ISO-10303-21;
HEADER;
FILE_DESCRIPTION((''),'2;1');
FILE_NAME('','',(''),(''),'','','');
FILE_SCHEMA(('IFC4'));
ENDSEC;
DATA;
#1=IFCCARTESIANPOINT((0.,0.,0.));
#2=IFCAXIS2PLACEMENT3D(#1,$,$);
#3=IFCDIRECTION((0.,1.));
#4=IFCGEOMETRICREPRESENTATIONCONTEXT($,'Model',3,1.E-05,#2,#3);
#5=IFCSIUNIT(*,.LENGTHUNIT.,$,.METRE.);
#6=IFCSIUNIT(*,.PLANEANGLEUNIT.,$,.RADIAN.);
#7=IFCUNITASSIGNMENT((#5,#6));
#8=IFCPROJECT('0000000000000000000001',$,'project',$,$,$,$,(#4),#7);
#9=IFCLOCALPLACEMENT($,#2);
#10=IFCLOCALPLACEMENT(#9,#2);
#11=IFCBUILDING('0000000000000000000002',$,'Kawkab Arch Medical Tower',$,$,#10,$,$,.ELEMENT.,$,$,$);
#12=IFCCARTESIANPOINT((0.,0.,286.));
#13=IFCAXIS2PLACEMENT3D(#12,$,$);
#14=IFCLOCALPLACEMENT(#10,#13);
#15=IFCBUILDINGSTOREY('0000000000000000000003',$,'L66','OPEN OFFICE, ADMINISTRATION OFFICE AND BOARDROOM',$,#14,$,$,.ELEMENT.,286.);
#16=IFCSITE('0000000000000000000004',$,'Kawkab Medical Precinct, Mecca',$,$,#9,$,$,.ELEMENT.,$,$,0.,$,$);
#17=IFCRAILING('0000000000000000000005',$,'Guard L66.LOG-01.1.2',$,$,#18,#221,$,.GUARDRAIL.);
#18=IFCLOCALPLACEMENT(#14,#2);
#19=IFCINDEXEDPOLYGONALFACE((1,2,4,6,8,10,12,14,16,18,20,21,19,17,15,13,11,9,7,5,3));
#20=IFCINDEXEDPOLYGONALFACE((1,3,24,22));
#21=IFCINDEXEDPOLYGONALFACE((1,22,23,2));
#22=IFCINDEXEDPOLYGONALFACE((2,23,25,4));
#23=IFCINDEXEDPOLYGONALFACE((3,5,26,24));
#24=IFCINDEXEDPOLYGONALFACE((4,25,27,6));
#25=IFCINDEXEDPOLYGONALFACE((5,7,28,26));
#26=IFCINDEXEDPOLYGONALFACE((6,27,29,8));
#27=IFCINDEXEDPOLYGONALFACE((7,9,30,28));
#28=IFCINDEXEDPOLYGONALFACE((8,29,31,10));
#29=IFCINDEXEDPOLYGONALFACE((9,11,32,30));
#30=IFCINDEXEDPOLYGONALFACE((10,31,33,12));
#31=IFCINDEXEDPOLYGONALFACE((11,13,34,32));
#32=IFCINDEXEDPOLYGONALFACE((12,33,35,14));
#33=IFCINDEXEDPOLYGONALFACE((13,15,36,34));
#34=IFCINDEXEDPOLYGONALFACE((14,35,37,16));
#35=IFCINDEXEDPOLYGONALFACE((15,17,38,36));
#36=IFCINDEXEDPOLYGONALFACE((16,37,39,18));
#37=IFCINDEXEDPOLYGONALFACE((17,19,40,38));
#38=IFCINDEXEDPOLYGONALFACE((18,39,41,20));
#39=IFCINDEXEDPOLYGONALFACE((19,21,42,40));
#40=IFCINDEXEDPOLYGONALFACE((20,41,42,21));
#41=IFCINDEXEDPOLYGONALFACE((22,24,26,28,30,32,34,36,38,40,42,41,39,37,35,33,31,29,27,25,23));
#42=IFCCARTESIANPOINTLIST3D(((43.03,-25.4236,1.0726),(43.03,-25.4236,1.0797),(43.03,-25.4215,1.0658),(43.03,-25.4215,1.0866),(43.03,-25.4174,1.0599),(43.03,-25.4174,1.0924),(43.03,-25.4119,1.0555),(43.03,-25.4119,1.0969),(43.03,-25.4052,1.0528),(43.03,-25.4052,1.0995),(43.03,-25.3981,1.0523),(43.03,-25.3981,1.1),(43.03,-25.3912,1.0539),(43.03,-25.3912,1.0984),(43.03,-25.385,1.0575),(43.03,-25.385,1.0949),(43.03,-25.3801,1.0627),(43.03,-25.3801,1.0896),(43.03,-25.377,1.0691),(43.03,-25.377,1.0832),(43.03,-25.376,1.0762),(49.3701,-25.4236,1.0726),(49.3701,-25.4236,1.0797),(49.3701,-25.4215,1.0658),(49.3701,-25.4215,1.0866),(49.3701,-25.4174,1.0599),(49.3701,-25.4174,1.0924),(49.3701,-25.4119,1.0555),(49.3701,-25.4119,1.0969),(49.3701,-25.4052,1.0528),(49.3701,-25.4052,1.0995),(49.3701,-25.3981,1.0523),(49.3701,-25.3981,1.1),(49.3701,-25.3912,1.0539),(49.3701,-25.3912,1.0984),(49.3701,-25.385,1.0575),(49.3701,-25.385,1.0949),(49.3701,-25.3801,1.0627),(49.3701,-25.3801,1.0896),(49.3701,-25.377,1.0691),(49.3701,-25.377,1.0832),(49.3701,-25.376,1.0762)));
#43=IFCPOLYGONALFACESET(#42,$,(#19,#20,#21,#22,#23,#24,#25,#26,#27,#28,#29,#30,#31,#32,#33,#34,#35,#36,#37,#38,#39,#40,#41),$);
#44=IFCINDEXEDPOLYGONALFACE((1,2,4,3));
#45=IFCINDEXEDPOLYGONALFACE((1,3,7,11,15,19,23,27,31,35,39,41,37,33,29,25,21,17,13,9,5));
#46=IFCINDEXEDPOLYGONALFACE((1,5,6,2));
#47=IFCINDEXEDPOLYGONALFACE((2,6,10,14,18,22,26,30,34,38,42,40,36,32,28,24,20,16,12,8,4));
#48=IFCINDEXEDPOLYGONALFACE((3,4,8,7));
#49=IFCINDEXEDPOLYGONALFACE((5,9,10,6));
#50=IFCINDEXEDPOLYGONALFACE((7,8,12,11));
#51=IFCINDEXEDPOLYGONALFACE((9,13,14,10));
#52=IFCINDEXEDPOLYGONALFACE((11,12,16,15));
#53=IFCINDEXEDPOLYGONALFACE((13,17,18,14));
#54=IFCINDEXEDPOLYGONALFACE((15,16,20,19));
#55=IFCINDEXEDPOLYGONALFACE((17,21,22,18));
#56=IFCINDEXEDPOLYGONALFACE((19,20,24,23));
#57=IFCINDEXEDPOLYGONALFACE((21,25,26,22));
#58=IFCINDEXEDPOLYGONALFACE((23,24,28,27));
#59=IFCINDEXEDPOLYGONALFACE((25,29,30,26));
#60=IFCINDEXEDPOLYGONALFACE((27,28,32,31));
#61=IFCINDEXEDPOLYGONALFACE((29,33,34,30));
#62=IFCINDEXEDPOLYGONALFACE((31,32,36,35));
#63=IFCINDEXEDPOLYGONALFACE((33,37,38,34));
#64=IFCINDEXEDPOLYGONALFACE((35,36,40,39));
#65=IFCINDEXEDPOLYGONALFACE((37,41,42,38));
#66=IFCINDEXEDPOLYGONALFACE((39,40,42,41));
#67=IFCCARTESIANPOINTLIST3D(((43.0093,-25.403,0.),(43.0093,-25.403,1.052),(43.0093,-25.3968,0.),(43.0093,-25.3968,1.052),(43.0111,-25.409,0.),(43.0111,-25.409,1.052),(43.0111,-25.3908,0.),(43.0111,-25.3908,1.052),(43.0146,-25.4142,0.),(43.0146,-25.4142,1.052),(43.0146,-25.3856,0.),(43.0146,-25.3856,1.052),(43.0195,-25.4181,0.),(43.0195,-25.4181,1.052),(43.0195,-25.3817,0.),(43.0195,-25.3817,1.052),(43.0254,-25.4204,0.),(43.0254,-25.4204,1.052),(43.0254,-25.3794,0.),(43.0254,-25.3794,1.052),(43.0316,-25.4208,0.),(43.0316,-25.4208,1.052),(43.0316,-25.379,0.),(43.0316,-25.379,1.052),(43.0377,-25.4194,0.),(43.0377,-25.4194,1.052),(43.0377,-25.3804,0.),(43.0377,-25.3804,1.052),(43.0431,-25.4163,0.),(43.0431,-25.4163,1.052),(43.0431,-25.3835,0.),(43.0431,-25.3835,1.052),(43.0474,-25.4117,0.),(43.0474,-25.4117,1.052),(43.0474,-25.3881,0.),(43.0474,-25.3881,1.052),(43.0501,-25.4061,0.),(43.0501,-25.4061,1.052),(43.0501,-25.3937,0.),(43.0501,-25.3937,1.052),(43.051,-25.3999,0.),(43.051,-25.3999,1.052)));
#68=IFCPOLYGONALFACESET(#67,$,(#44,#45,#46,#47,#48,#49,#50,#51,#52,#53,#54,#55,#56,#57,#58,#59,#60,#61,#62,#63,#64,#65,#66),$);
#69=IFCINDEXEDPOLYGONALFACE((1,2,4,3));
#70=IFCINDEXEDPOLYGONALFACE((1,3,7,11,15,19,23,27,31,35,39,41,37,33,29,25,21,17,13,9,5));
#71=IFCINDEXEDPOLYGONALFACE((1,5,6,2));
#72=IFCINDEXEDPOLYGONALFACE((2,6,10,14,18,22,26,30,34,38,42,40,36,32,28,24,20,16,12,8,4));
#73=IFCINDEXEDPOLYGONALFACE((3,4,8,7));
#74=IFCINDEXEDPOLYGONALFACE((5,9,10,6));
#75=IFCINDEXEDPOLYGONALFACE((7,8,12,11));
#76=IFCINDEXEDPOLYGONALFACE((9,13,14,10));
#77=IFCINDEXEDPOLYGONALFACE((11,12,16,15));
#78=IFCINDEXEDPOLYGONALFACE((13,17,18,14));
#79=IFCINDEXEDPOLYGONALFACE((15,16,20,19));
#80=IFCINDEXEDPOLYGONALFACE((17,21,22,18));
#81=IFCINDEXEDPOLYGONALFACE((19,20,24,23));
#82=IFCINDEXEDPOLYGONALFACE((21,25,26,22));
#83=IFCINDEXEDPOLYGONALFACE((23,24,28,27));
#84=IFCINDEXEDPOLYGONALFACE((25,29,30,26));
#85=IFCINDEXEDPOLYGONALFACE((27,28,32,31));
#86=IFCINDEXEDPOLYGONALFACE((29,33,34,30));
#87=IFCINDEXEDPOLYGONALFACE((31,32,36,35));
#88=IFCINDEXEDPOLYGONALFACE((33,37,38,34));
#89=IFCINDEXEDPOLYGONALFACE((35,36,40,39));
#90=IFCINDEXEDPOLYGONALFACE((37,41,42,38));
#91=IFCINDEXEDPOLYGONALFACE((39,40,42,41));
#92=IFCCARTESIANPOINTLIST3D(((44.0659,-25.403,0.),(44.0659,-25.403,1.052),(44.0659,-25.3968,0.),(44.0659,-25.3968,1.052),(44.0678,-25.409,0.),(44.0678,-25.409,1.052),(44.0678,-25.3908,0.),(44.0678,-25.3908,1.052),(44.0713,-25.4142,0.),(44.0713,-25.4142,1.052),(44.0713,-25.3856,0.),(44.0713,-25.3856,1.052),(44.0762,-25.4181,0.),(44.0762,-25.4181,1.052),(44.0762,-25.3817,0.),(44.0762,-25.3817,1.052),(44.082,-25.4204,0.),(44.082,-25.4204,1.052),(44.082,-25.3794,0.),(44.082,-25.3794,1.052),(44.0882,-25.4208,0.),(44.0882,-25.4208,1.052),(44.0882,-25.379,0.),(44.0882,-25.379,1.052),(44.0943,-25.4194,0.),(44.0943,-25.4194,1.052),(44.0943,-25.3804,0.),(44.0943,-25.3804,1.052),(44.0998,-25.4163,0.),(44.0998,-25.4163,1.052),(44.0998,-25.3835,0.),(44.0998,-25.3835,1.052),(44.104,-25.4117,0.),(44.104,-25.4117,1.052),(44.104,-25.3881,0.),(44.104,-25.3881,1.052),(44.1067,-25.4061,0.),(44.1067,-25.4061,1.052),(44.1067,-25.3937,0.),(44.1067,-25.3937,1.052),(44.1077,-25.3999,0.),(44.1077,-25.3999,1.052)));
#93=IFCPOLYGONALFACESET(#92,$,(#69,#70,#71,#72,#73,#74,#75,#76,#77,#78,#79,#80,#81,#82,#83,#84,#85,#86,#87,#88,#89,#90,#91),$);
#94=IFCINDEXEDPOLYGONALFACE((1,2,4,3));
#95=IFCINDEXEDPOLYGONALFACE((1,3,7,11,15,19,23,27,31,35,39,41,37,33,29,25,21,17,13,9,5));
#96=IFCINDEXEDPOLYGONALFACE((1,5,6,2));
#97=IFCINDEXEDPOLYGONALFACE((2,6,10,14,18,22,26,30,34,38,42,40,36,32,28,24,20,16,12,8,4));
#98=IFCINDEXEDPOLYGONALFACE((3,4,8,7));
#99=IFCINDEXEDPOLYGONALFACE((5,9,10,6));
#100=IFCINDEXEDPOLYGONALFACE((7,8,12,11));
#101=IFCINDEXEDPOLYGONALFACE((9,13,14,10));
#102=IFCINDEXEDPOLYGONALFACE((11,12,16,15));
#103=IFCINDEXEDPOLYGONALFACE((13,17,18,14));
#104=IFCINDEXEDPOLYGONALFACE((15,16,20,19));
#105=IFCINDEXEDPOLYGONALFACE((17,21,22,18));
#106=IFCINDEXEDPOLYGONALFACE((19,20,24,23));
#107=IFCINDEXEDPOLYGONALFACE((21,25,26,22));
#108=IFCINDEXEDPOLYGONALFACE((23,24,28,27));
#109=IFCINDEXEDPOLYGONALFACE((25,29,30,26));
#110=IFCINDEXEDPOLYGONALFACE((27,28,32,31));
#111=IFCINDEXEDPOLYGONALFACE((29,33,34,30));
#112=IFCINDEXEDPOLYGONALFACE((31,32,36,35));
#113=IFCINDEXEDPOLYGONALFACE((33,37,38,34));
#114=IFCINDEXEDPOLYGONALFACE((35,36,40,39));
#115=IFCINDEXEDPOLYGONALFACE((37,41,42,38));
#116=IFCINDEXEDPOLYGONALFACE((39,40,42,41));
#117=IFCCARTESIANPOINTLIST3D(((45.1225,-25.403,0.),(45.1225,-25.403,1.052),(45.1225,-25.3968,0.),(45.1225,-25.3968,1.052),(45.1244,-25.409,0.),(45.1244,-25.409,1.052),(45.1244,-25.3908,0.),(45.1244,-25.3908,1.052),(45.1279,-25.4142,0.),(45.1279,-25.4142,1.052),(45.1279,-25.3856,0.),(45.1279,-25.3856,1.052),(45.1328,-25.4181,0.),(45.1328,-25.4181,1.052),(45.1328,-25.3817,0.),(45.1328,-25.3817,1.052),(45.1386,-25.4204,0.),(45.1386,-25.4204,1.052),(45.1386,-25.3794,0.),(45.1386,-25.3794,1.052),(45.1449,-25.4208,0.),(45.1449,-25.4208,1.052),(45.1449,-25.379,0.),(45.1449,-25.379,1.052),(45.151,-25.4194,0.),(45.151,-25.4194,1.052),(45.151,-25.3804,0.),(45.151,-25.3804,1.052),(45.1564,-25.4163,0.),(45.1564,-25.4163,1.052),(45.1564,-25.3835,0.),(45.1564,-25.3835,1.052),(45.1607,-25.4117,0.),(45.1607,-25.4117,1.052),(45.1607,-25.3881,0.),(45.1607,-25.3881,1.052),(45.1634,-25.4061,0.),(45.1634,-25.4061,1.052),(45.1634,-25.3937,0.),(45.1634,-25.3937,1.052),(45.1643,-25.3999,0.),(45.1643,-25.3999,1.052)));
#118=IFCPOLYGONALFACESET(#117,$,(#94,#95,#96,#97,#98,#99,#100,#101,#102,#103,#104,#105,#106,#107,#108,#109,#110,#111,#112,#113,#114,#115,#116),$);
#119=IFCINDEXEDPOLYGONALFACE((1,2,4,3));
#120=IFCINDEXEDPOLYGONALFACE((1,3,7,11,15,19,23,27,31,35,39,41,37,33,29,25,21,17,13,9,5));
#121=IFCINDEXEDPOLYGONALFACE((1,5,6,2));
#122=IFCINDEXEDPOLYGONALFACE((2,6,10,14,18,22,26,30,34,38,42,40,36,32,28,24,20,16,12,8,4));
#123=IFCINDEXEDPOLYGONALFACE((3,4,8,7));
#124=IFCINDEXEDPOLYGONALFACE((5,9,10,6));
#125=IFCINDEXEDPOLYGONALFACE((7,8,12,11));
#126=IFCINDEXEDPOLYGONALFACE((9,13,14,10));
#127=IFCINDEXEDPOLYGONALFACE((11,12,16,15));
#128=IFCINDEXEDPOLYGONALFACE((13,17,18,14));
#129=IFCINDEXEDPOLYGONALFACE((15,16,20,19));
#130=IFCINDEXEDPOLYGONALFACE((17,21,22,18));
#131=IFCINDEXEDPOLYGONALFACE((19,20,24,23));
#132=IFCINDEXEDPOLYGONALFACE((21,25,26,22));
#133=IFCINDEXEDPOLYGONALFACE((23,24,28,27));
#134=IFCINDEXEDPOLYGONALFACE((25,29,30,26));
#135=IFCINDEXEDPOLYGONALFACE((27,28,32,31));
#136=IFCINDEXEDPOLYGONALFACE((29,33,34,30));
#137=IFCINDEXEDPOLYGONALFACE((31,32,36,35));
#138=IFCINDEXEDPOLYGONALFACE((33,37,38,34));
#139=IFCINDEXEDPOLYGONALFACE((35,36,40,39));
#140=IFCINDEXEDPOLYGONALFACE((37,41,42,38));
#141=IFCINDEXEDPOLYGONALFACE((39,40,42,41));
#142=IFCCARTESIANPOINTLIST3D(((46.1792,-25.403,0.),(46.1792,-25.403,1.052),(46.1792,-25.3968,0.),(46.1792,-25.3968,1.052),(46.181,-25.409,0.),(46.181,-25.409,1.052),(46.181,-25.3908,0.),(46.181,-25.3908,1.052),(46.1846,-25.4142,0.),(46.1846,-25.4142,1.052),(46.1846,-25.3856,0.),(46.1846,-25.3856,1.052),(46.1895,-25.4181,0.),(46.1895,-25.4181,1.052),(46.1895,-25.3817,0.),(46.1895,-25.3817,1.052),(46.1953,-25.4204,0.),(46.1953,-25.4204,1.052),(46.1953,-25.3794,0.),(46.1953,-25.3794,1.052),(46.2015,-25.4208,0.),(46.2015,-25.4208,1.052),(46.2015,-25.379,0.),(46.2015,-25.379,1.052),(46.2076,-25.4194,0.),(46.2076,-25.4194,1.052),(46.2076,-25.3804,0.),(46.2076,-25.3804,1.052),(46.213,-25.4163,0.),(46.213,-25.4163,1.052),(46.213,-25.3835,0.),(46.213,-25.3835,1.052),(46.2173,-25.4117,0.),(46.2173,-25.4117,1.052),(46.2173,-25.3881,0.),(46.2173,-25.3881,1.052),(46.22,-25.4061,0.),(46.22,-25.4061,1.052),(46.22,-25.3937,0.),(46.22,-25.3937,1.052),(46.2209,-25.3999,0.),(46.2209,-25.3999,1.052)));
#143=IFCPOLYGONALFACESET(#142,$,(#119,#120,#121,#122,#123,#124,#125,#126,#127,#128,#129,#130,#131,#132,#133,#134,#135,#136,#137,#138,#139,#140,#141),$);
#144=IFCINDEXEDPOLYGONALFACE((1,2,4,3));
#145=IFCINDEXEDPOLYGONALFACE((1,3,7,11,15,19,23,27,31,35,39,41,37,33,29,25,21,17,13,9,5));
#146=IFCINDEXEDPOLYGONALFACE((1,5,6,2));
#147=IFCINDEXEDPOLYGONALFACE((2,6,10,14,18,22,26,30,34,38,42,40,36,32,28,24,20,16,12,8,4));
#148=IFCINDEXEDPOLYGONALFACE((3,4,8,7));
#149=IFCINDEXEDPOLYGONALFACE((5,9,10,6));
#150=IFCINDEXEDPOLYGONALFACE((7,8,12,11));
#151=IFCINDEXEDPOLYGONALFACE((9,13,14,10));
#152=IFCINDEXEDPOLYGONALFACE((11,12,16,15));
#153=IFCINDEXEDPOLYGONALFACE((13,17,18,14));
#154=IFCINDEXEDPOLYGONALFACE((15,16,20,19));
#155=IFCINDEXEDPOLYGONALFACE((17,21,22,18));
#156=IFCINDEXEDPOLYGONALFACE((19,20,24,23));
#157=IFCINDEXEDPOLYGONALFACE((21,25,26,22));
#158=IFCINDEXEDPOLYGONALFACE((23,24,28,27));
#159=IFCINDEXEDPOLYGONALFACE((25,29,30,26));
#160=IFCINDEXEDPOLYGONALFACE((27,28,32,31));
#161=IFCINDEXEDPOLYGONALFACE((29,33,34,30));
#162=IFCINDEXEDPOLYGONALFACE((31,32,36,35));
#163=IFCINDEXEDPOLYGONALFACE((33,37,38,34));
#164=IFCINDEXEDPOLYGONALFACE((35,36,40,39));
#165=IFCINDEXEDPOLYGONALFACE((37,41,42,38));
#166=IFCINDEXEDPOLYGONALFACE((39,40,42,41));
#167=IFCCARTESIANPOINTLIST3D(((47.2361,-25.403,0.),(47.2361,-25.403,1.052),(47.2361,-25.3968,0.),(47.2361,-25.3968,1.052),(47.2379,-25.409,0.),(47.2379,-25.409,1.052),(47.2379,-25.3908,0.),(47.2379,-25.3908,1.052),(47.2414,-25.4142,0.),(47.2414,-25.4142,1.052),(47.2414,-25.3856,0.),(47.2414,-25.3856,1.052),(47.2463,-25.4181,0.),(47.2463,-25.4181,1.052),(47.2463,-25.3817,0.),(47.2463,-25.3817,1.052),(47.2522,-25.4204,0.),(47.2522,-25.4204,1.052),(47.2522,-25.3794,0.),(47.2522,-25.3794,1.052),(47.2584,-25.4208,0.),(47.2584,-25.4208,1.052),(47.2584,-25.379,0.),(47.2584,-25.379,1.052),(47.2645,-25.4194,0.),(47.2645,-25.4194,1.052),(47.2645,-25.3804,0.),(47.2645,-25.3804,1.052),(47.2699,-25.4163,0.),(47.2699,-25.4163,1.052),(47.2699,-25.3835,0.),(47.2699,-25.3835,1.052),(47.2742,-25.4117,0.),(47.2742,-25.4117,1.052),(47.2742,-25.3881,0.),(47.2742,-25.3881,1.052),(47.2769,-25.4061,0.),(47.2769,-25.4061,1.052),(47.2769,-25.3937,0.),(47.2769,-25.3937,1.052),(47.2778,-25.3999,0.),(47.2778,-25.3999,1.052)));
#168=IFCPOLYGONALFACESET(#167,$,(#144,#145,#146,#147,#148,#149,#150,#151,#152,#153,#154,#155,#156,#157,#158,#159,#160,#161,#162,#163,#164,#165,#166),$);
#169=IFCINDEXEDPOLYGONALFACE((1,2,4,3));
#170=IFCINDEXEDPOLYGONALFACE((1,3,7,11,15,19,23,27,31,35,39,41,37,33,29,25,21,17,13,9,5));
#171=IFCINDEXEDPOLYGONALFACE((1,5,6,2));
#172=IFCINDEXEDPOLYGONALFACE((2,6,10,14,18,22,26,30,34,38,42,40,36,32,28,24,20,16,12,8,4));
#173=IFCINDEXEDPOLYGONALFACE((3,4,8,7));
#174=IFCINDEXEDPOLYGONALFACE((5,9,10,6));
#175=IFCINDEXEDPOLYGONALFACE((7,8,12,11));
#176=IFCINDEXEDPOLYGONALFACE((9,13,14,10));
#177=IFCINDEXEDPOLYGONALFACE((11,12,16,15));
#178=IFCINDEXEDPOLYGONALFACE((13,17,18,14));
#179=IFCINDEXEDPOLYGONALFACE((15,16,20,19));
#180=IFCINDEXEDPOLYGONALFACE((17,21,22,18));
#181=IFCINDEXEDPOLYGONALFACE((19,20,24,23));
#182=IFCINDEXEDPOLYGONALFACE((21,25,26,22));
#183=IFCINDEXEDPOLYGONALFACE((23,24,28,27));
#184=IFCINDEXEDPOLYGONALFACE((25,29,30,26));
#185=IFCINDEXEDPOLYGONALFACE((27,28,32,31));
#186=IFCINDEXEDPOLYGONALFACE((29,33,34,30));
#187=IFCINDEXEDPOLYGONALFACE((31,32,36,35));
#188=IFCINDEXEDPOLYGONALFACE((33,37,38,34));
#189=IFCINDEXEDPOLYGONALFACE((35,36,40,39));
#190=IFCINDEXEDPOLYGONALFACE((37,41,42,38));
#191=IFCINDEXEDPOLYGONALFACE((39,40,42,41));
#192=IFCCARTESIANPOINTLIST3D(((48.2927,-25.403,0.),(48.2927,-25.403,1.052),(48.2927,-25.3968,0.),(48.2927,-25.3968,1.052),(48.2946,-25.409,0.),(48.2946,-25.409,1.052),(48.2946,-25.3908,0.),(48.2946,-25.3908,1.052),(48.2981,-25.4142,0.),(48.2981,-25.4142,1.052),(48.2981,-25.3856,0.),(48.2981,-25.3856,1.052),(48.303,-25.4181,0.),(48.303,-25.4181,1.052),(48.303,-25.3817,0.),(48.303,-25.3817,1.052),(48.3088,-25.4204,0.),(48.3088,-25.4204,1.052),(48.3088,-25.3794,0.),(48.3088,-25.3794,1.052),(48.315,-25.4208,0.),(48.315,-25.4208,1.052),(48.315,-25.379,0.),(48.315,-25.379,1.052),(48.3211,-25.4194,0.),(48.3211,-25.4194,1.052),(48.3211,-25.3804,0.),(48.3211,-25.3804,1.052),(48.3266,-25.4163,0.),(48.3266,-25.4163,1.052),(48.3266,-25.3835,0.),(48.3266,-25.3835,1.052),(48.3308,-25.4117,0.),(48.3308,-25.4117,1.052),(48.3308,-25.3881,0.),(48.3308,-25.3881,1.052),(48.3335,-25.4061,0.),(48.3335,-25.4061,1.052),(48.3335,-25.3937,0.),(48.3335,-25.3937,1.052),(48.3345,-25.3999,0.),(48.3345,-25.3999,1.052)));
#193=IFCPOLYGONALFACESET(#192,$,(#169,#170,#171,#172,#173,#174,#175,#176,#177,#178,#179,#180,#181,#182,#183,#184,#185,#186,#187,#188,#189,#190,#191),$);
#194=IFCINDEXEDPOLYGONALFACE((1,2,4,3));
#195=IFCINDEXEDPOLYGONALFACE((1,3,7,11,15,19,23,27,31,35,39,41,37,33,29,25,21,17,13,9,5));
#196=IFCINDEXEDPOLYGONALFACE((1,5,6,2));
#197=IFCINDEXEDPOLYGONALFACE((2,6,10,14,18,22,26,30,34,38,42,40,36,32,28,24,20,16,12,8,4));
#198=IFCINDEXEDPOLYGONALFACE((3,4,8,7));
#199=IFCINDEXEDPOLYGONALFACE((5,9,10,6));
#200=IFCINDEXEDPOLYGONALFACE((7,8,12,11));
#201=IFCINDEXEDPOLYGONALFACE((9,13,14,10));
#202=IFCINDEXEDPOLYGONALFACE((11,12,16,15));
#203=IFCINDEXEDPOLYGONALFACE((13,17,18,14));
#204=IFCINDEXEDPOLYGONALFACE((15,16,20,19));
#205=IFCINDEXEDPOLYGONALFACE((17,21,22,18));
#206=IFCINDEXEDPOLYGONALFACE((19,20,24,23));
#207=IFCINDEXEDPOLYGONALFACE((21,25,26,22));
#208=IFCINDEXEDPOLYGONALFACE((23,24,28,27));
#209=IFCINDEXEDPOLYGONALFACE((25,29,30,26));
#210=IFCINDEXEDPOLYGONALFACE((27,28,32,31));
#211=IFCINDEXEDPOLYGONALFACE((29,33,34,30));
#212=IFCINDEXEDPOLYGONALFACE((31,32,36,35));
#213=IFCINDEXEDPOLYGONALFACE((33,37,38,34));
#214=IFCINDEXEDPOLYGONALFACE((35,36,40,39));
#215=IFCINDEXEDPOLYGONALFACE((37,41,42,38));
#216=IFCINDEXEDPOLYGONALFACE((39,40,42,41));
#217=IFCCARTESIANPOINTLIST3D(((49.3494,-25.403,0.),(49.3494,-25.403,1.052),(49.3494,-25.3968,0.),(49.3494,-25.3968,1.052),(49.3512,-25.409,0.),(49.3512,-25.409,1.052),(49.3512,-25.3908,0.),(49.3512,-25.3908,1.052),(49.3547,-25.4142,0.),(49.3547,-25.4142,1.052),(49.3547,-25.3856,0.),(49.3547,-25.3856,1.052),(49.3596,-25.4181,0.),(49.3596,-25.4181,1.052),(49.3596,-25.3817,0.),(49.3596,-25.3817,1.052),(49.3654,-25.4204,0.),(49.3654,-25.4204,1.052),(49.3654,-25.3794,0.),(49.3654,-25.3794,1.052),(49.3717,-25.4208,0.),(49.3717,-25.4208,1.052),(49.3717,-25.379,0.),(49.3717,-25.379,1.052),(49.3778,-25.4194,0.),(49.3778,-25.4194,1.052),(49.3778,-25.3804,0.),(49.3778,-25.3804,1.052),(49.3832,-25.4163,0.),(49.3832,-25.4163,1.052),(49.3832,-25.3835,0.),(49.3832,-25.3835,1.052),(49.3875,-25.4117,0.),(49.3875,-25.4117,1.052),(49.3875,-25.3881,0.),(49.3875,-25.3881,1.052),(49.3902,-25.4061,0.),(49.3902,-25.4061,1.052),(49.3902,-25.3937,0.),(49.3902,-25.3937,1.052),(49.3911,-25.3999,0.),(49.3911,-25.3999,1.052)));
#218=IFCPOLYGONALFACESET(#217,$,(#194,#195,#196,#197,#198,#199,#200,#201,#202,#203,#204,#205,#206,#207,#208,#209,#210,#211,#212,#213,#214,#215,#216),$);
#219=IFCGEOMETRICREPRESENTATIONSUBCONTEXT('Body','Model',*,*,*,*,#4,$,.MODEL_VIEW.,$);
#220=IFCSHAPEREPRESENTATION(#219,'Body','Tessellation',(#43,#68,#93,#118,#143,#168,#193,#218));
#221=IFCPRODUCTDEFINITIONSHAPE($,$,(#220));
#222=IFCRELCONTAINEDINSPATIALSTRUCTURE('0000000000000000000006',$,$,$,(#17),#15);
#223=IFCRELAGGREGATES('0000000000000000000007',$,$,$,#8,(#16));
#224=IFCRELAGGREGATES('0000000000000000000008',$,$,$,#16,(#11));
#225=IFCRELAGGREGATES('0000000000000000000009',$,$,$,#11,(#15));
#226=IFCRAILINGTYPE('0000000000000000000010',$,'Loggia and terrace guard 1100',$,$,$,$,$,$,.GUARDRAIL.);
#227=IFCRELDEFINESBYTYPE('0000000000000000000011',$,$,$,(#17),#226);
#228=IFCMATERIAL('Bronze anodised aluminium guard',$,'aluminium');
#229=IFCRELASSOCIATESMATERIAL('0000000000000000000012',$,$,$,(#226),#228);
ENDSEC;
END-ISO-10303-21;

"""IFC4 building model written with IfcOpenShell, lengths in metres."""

from ifc_helpers import new_model, si_unit, direction, frame, origin, origin_2d, place, context, subcontext, project, spatial, circle, extrude, material, type_object, element, save


model = new_model("IFC4")

# Units and contexts
model_context = context("Model", 3, precision=1e-05, world=origin(), true_north=direction((0.0, 1.0)))
body_context = subcontext(model_context, "Body", "Model", "MODEL_VIEW")
ifc_project = project(units=[si_unit("LENGTHUNIT", "METRE"), si_unit("PLANEANGLEUNIT", "RADIAN")], contexts=[model_context])

# Site, building, storey
site_placement = place(None, origin())
site = spatial("IfcSite", under=ifc_project, at=site_placement, Name="Kawkab Medical Precinct, Mecca", CompositionType="ELEMENT", RefElevation=0.0)
building_placement = place(site_placement, origin())
building = spatial("IfcBuilding", under=site, at=building_placement, Name="Kawkab Arch Medical Tower", CompositionType="ELEMENT")
storey_placement = place(building_placement, frame((0.0, 0.0, 286.0)))
storey = spatial("IfcBuildingStorey", under=building, at=storey_placement, Name="L66", Description="OPEN OFFICE, ADMINISTRATION OFFICE AND BOARDROOM", CompositionType="ELEMENT", Elevation=286.0)

# Railing
ifc_material_1 = material(Name="Bronze anodised aluminium guard", Category="aluminium")
railing_type_1 = type_object("IfcRailingType", Name="Loggia and terrace guard 1100", PredefinedType="GUARDRAIL", material=ifc_material_1)
railing_1_placement = place(storey_placement, frame((43.03, -25.3999, 0.0)))
element("IfcRailing", 1, at=railing_1_placement, inside=storey, type_object=railing_type_1, Name="Guard L66.LOG-01.1.2", PredefinedType="GUARDRAIL", context=body_context, shape_type="SweptSolid", body=[
    extrude(circle(Radius=0.0239, at=origin_2d()), frame((0.0, 0.0, 1.0762), z_axis=(1.0, 0.0, 0.0), x_axis=(0.0, 1.0, 0.0)), (0.0, 0.0, 1.0), 6.3401),
    extrude(circle(Radius=0.021, at=origin_2d()), origin(), (0.0, 0.0, 1.0), 1.052),
    extrude(circle(Radius=0.021, at=origin_2d()), frame((1.0566, 0.0, 0.0)), (0.0, 0.0, 1.0), 1.052),
    extrude(circle(Radius=0.021, at=origin_2d()), frame((2.1133, 0.0, 0.0)), (0.0, 0.0, 1.0), 1.052),
    extrude(circle(Radius=0.021, at=origin_2d()), frame((3.1699, 0.0, 0.0)), (0.0, 0.0, 1.0), 1.052),
    extrude(circle(Radius=0.021, at=origin_2d()), frame((4.2268, 0.0, 0.0)), (0.0, 0.0, 1.0), 1.052),
    extrude(circle(Radius=0.021, at=origin_2d()), frame((5.2834, 0.0, 0.0)), (0.0, 0.0, 1.0), 1.052),
    extrude(circle(Radius=0.021, at=origin_2d()), frame((6.3401, 0.0, 0.0)), (0.0, 0.0, 1.0), 1.052),
])

save(model, "model.ifc")
